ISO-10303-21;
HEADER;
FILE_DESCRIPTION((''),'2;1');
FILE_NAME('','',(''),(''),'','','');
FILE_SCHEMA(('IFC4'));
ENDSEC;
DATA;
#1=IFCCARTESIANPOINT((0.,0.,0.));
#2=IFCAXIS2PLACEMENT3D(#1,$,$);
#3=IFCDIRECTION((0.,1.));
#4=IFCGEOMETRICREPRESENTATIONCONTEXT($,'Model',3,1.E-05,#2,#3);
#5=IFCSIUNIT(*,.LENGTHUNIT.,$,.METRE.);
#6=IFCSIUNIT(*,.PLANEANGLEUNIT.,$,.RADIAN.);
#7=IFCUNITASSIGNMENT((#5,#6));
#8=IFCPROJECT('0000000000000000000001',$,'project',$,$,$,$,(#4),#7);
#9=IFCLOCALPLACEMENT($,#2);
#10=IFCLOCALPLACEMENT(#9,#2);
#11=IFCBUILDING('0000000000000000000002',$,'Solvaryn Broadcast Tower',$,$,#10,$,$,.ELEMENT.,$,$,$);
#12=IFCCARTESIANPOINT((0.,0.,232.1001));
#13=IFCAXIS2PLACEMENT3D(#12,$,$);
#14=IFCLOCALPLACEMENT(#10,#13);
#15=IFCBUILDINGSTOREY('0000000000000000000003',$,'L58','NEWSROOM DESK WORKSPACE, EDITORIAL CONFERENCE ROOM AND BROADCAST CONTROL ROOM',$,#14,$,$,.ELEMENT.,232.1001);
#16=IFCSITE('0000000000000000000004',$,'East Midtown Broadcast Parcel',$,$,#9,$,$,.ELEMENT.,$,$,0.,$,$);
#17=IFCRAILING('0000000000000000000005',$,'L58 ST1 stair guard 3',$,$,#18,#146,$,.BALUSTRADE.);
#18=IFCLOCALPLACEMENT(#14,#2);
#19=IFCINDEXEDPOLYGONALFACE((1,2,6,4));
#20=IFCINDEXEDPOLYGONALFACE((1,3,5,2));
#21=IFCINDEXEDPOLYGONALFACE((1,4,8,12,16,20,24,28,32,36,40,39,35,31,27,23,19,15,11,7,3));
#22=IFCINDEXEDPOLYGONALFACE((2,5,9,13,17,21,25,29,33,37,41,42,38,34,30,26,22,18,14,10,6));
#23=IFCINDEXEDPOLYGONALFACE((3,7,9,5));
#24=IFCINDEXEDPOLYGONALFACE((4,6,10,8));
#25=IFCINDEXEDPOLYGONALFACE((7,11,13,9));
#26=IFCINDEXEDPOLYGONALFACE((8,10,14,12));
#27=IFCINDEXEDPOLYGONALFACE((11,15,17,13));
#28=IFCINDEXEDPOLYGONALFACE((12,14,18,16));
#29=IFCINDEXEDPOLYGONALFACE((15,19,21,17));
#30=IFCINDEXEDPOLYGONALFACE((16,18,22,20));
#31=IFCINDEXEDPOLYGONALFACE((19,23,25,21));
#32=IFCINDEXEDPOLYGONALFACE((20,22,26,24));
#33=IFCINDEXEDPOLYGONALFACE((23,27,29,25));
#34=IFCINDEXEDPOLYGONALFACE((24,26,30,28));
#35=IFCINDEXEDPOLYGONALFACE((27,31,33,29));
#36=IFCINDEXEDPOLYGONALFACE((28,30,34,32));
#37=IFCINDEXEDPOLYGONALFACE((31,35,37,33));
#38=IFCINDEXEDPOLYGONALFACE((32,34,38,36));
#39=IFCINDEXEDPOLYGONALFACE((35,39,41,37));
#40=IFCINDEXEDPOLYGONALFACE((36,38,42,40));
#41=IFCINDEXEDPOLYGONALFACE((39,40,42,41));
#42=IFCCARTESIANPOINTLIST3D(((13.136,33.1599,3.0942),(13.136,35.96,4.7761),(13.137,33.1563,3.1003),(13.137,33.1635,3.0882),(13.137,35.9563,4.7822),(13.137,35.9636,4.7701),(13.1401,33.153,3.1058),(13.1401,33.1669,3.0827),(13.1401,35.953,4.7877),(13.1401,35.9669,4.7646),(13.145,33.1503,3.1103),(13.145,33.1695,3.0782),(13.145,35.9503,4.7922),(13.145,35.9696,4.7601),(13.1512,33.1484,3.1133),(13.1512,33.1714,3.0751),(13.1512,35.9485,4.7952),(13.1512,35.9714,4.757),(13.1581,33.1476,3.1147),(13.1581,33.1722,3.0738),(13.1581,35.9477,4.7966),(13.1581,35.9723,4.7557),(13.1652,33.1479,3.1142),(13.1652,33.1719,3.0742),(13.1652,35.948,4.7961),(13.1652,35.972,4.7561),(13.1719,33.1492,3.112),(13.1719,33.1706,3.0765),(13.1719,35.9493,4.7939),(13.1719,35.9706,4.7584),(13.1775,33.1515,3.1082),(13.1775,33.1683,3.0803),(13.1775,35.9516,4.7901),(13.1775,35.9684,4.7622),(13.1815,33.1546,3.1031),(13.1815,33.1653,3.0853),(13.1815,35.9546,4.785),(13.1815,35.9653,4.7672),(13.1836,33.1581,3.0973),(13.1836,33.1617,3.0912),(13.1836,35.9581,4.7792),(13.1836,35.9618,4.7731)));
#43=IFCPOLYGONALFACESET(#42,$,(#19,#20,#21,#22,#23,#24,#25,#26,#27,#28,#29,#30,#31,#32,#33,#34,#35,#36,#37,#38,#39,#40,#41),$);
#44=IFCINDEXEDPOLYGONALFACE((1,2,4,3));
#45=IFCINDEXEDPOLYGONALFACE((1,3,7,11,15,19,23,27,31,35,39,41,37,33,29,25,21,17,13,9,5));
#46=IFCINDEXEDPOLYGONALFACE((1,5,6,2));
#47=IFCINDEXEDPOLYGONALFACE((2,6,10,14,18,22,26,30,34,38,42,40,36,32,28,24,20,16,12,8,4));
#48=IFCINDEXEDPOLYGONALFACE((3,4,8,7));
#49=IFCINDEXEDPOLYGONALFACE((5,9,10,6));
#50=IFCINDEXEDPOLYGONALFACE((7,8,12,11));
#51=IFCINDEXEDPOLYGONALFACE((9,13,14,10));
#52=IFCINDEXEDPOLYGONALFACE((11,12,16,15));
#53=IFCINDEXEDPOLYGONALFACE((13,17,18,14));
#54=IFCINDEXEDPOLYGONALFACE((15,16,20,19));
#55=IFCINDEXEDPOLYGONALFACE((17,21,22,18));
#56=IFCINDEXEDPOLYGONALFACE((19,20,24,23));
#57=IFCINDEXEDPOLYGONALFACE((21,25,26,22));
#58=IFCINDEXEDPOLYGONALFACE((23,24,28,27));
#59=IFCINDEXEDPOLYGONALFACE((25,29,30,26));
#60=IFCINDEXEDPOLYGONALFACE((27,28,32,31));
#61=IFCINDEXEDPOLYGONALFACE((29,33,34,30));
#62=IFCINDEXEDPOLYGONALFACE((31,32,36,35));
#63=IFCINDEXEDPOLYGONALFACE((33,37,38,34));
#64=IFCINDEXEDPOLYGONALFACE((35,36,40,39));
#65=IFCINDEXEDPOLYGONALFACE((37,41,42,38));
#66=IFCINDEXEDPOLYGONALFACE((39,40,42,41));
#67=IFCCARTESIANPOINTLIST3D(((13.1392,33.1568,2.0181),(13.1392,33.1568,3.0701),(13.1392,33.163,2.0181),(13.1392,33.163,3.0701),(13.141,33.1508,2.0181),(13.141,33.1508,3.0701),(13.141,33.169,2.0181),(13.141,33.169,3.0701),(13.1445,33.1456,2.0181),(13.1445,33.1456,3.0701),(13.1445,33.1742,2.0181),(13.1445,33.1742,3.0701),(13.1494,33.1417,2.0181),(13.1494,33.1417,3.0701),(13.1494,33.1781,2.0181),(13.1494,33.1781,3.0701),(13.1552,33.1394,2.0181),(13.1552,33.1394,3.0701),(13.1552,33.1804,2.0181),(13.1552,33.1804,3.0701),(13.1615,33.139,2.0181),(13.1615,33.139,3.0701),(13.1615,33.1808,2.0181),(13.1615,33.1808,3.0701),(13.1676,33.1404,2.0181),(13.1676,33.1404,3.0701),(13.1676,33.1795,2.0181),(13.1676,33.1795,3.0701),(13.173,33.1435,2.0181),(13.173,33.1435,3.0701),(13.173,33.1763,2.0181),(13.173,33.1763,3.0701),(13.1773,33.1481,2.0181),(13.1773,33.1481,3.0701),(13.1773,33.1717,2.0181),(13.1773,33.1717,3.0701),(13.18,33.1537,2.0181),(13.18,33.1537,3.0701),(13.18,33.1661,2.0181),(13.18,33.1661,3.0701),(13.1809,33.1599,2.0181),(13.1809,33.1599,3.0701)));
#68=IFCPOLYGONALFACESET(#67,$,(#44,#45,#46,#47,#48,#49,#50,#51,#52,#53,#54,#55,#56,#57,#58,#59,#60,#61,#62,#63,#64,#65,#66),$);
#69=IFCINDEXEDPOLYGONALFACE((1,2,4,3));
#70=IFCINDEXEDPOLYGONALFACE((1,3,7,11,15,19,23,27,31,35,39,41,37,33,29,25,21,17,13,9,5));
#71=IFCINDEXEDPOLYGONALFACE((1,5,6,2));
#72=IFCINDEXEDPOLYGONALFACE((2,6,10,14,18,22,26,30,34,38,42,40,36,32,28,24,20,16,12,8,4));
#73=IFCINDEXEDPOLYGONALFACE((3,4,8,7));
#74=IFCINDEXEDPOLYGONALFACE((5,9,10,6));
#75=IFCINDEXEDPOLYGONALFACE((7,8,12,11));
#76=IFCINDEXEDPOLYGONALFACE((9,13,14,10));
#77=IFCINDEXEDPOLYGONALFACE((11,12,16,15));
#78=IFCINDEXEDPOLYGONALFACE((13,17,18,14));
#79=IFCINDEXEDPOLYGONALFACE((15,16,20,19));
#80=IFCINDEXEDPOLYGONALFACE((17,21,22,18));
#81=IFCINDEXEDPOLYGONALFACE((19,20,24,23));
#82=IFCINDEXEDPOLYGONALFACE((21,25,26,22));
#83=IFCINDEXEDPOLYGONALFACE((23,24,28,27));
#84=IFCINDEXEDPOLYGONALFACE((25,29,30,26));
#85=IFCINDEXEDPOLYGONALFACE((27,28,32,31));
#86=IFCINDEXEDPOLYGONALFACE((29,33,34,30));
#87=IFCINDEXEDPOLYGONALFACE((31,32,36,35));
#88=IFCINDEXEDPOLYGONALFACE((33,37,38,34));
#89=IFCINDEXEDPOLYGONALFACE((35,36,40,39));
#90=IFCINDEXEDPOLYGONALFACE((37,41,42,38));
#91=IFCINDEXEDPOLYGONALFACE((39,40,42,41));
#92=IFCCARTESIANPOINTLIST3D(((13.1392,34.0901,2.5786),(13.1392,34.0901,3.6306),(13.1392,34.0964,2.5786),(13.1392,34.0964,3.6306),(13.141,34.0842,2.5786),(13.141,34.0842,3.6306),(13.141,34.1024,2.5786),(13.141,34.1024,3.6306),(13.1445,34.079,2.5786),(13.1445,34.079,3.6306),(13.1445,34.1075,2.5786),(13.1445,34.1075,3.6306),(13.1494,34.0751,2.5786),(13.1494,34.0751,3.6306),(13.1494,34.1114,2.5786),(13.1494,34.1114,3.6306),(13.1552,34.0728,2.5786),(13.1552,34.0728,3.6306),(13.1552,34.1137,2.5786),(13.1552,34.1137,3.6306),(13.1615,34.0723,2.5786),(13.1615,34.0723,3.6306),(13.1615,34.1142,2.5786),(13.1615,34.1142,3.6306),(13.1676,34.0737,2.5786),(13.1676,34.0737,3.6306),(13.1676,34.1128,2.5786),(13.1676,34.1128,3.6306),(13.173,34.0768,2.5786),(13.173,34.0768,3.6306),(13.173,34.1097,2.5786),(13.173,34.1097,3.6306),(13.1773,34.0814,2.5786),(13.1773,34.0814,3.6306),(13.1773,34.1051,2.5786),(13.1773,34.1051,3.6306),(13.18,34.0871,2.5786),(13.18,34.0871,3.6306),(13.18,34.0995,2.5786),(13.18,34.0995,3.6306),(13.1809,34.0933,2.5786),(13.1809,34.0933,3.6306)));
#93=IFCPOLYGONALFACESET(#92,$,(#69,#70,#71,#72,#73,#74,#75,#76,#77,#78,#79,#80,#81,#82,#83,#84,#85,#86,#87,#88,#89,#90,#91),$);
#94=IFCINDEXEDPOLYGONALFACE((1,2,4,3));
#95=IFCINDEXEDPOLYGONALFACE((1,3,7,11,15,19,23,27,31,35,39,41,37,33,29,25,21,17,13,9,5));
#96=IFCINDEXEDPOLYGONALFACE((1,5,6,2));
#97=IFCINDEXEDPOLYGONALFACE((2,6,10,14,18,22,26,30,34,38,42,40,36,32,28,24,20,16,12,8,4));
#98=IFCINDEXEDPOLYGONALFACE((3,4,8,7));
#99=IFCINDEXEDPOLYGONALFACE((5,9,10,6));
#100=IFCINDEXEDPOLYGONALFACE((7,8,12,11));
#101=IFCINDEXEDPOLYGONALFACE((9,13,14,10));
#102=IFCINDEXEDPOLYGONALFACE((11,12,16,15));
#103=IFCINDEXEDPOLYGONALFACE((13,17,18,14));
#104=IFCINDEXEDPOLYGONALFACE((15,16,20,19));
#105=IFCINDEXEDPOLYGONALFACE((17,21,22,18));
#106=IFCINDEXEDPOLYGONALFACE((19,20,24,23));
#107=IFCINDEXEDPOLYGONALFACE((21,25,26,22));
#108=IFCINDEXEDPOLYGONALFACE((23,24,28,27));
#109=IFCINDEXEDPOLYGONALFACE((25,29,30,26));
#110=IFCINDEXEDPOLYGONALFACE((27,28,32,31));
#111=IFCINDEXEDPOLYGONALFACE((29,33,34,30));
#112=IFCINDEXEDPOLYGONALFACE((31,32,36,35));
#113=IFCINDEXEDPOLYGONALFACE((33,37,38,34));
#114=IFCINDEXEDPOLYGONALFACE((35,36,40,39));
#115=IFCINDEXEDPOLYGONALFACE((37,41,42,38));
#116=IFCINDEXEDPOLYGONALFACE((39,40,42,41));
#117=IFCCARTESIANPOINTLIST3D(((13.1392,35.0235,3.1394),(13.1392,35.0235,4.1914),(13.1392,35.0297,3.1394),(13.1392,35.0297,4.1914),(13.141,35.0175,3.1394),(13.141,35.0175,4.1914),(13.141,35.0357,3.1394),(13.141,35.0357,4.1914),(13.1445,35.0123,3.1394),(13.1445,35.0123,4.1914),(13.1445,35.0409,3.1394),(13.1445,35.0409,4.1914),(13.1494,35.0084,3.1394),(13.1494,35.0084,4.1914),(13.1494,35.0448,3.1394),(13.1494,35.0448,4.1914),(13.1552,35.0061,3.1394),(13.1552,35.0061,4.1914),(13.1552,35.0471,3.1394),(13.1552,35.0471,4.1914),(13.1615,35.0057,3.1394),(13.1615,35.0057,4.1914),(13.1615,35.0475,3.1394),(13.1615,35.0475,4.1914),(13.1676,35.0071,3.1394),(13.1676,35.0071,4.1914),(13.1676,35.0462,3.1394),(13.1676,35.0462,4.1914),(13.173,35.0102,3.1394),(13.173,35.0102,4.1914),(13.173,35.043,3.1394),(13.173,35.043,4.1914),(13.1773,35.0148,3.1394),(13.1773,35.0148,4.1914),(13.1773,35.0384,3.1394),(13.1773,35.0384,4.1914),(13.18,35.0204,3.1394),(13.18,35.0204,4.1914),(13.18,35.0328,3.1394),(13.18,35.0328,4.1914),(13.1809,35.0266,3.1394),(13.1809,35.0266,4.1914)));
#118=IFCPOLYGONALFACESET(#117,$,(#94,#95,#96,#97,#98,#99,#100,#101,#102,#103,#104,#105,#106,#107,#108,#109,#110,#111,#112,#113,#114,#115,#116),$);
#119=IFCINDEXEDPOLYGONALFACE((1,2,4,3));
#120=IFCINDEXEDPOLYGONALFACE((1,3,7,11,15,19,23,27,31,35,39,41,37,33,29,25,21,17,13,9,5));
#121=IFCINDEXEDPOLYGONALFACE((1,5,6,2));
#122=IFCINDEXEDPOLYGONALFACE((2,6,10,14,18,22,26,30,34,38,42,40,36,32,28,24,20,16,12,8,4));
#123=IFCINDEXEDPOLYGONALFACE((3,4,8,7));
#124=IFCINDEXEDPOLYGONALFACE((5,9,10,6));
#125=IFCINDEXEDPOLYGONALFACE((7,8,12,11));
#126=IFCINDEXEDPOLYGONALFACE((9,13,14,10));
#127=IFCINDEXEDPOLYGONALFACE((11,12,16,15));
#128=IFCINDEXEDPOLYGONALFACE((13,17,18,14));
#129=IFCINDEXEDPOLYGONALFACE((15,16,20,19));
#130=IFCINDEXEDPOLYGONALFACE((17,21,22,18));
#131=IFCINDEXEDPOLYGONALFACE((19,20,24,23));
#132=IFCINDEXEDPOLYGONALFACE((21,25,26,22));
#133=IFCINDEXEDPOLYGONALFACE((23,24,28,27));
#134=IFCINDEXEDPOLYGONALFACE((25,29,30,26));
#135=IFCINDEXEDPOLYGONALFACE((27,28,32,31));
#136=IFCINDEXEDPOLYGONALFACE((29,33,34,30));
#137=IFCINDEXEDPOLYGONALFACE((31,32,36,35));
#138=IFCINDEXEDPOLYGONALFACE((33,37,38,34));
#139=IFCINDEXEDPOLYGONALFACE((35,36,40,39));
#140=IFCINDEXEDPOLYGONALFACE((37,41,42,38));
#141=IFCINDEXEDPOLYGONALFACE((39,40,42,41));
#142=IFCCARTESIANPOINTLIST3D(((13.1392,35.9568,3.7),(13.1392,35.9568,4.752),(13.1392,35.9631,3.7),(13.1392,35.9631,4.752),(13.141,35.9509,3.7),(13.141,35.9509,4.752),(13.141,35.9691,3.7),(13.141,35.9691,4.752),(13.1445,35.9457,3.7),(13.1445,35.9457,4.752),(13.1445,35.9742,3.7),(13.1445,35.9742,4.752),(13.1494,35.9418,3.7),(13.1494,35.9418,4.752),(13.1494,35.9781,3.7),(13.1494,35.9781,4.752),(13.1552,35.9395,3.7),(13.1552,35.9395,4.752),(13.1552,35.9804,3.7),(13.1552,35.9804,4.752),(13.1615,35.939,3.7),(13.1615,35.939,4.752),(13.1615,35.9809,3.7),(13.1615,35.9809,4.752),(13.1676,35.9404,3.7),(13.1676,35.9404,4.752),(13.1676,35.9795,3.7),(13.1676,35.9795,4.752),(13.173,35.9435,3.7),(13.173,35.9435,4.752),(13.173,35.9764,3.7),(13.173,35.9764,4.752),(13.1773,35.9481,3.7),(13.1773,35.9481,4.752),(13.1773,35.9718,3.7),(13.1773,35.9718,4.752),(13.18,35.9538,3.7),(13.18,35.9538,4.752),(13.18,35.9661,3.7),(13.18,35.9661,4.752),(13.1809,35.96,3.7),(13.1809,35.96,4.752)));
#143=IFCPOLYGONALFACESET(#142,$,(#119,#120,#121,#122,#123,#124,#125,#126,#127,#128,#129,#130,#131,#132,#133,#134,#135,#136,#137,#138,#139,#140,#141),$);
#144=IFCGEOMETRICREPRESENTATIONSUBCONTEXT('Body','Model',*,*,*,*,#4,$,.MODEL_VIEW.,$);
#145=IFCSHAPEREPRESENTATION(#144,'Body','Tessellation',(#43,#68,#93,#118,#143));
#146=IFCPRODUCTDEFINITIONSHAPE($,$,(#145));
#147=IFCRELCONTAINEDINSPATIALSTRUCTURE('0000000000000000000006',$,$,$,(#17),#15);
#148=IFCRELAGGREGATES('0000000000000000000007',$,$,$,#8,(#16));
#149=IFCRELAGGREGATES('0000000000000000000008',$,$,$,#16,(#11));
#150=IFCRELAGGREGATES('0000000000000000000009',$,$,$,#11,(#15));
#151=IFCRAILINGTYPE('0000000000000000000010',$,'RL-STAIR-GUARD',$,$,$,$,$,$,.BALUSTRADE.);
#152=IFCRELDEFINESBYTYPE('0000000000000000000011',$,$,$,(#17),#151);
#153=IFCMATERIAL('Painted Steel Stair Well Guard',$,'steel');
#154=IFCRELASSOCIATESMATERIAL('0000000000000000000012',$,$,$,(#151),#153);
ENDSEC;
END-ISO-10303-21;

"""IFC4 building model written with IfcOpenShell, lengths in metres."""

from ifc_helpers import new_model, si_unit, direction, frame, origin, origin_2d, place, context, subcontext, project, spatial, circle, extrude, material, type_object, element, save


model = new_model("IFC4")

# Units and contexts
model_context = context("Model", 3, precision=1e-05, world=origin(), true_north=direction((0.0, 1.0)))
body_context = subcontext(model_context, "Body", "Model", "MODEL_VIEW")
ifc_project = project(units=[si_unit("LENGTHUNIT", "METRE"), si_unit("PLANEANGLEUNIT", "RADIAN")], contexts=[model_context])

# Site, building, storey
site_placement = place(None, origin())
site = spatial("IfcSite", under=ifc_project, at=site_placement, Name="East Midtown Broadcast Parcel", CompositionType="ELEMENT", RefElevation=0.0)
building_placement = place(site_placement, origin())
building = spatial("IfcBuilding", under=site, at=building_placement, Name="Solvaryn Broadcast Tower", CompositionType="ELEMENT")
storey_placement = place(building_placement, frame((0.0, 0.0, 232.1001)))
storey = spatial("IfcBuildingStorey", under=building, at=storey_placement, Name="L58", Description="NEWSROOM DESK WORKSPACE, EDITORIAL CONFERENCE ROOM AND BROADCAST CONTROL ROOM", CompositionType="ELEMENT", Elevation=232.1001)

# Railing
ifc_material_1 = material(Name="Painted Steel Stair Well Guard", Category="steel")
railing_type_1 = type_object("IfcRailingType", Name="RL-STAIR-GUARD", PredefinedType="BALUSTRADE", material=ifc_material_1)
railing_1_placement = place(storey_placement, frame((13.1599, 33.1599, 2.0181)))
element("IfcRailing", 1, at=railing_1_placement, inside=storey, type_object=railing_type_1, Name="L58 ST1 stair guard 3", PredefinedType="BALUSTRADE", context=body_context, shape_type="SweptSolid", body=[
    extrude(circle(Radius=0.0239, at=origin_2d()), frame((0.0, 0.0, 1.0762), z_axis=(0.0, 0.857242, 0.514913), x_axis=(-1.0, 0.0, 0.0)), (0.0, 0.0, 1.0), 3.2664),
    extrude(circle(Radius=0.021, at=origin_2d()), origin(), (0.0, 0.0, 1.0), 1.052),
    extrude(circle(Radius=0.021, at=origin_2d()), frame((0.0, 0.9333, 0.5605)), (0.0, 0.0, 1.0), 1.052),
    extrude(circle(Radius=0.021, at=origin_2d()), frame((0.0, 1.8667, 1.1213)), (0.0, 0.0, 1.0), 1.052),
    extrude(circle(Radius=0.021, at=origin_2d()), frame((0.0, 2.8, 1.6819)), (0.0, 0.0, 1.0), 1.052),
])

save(model, "model.ifc")
